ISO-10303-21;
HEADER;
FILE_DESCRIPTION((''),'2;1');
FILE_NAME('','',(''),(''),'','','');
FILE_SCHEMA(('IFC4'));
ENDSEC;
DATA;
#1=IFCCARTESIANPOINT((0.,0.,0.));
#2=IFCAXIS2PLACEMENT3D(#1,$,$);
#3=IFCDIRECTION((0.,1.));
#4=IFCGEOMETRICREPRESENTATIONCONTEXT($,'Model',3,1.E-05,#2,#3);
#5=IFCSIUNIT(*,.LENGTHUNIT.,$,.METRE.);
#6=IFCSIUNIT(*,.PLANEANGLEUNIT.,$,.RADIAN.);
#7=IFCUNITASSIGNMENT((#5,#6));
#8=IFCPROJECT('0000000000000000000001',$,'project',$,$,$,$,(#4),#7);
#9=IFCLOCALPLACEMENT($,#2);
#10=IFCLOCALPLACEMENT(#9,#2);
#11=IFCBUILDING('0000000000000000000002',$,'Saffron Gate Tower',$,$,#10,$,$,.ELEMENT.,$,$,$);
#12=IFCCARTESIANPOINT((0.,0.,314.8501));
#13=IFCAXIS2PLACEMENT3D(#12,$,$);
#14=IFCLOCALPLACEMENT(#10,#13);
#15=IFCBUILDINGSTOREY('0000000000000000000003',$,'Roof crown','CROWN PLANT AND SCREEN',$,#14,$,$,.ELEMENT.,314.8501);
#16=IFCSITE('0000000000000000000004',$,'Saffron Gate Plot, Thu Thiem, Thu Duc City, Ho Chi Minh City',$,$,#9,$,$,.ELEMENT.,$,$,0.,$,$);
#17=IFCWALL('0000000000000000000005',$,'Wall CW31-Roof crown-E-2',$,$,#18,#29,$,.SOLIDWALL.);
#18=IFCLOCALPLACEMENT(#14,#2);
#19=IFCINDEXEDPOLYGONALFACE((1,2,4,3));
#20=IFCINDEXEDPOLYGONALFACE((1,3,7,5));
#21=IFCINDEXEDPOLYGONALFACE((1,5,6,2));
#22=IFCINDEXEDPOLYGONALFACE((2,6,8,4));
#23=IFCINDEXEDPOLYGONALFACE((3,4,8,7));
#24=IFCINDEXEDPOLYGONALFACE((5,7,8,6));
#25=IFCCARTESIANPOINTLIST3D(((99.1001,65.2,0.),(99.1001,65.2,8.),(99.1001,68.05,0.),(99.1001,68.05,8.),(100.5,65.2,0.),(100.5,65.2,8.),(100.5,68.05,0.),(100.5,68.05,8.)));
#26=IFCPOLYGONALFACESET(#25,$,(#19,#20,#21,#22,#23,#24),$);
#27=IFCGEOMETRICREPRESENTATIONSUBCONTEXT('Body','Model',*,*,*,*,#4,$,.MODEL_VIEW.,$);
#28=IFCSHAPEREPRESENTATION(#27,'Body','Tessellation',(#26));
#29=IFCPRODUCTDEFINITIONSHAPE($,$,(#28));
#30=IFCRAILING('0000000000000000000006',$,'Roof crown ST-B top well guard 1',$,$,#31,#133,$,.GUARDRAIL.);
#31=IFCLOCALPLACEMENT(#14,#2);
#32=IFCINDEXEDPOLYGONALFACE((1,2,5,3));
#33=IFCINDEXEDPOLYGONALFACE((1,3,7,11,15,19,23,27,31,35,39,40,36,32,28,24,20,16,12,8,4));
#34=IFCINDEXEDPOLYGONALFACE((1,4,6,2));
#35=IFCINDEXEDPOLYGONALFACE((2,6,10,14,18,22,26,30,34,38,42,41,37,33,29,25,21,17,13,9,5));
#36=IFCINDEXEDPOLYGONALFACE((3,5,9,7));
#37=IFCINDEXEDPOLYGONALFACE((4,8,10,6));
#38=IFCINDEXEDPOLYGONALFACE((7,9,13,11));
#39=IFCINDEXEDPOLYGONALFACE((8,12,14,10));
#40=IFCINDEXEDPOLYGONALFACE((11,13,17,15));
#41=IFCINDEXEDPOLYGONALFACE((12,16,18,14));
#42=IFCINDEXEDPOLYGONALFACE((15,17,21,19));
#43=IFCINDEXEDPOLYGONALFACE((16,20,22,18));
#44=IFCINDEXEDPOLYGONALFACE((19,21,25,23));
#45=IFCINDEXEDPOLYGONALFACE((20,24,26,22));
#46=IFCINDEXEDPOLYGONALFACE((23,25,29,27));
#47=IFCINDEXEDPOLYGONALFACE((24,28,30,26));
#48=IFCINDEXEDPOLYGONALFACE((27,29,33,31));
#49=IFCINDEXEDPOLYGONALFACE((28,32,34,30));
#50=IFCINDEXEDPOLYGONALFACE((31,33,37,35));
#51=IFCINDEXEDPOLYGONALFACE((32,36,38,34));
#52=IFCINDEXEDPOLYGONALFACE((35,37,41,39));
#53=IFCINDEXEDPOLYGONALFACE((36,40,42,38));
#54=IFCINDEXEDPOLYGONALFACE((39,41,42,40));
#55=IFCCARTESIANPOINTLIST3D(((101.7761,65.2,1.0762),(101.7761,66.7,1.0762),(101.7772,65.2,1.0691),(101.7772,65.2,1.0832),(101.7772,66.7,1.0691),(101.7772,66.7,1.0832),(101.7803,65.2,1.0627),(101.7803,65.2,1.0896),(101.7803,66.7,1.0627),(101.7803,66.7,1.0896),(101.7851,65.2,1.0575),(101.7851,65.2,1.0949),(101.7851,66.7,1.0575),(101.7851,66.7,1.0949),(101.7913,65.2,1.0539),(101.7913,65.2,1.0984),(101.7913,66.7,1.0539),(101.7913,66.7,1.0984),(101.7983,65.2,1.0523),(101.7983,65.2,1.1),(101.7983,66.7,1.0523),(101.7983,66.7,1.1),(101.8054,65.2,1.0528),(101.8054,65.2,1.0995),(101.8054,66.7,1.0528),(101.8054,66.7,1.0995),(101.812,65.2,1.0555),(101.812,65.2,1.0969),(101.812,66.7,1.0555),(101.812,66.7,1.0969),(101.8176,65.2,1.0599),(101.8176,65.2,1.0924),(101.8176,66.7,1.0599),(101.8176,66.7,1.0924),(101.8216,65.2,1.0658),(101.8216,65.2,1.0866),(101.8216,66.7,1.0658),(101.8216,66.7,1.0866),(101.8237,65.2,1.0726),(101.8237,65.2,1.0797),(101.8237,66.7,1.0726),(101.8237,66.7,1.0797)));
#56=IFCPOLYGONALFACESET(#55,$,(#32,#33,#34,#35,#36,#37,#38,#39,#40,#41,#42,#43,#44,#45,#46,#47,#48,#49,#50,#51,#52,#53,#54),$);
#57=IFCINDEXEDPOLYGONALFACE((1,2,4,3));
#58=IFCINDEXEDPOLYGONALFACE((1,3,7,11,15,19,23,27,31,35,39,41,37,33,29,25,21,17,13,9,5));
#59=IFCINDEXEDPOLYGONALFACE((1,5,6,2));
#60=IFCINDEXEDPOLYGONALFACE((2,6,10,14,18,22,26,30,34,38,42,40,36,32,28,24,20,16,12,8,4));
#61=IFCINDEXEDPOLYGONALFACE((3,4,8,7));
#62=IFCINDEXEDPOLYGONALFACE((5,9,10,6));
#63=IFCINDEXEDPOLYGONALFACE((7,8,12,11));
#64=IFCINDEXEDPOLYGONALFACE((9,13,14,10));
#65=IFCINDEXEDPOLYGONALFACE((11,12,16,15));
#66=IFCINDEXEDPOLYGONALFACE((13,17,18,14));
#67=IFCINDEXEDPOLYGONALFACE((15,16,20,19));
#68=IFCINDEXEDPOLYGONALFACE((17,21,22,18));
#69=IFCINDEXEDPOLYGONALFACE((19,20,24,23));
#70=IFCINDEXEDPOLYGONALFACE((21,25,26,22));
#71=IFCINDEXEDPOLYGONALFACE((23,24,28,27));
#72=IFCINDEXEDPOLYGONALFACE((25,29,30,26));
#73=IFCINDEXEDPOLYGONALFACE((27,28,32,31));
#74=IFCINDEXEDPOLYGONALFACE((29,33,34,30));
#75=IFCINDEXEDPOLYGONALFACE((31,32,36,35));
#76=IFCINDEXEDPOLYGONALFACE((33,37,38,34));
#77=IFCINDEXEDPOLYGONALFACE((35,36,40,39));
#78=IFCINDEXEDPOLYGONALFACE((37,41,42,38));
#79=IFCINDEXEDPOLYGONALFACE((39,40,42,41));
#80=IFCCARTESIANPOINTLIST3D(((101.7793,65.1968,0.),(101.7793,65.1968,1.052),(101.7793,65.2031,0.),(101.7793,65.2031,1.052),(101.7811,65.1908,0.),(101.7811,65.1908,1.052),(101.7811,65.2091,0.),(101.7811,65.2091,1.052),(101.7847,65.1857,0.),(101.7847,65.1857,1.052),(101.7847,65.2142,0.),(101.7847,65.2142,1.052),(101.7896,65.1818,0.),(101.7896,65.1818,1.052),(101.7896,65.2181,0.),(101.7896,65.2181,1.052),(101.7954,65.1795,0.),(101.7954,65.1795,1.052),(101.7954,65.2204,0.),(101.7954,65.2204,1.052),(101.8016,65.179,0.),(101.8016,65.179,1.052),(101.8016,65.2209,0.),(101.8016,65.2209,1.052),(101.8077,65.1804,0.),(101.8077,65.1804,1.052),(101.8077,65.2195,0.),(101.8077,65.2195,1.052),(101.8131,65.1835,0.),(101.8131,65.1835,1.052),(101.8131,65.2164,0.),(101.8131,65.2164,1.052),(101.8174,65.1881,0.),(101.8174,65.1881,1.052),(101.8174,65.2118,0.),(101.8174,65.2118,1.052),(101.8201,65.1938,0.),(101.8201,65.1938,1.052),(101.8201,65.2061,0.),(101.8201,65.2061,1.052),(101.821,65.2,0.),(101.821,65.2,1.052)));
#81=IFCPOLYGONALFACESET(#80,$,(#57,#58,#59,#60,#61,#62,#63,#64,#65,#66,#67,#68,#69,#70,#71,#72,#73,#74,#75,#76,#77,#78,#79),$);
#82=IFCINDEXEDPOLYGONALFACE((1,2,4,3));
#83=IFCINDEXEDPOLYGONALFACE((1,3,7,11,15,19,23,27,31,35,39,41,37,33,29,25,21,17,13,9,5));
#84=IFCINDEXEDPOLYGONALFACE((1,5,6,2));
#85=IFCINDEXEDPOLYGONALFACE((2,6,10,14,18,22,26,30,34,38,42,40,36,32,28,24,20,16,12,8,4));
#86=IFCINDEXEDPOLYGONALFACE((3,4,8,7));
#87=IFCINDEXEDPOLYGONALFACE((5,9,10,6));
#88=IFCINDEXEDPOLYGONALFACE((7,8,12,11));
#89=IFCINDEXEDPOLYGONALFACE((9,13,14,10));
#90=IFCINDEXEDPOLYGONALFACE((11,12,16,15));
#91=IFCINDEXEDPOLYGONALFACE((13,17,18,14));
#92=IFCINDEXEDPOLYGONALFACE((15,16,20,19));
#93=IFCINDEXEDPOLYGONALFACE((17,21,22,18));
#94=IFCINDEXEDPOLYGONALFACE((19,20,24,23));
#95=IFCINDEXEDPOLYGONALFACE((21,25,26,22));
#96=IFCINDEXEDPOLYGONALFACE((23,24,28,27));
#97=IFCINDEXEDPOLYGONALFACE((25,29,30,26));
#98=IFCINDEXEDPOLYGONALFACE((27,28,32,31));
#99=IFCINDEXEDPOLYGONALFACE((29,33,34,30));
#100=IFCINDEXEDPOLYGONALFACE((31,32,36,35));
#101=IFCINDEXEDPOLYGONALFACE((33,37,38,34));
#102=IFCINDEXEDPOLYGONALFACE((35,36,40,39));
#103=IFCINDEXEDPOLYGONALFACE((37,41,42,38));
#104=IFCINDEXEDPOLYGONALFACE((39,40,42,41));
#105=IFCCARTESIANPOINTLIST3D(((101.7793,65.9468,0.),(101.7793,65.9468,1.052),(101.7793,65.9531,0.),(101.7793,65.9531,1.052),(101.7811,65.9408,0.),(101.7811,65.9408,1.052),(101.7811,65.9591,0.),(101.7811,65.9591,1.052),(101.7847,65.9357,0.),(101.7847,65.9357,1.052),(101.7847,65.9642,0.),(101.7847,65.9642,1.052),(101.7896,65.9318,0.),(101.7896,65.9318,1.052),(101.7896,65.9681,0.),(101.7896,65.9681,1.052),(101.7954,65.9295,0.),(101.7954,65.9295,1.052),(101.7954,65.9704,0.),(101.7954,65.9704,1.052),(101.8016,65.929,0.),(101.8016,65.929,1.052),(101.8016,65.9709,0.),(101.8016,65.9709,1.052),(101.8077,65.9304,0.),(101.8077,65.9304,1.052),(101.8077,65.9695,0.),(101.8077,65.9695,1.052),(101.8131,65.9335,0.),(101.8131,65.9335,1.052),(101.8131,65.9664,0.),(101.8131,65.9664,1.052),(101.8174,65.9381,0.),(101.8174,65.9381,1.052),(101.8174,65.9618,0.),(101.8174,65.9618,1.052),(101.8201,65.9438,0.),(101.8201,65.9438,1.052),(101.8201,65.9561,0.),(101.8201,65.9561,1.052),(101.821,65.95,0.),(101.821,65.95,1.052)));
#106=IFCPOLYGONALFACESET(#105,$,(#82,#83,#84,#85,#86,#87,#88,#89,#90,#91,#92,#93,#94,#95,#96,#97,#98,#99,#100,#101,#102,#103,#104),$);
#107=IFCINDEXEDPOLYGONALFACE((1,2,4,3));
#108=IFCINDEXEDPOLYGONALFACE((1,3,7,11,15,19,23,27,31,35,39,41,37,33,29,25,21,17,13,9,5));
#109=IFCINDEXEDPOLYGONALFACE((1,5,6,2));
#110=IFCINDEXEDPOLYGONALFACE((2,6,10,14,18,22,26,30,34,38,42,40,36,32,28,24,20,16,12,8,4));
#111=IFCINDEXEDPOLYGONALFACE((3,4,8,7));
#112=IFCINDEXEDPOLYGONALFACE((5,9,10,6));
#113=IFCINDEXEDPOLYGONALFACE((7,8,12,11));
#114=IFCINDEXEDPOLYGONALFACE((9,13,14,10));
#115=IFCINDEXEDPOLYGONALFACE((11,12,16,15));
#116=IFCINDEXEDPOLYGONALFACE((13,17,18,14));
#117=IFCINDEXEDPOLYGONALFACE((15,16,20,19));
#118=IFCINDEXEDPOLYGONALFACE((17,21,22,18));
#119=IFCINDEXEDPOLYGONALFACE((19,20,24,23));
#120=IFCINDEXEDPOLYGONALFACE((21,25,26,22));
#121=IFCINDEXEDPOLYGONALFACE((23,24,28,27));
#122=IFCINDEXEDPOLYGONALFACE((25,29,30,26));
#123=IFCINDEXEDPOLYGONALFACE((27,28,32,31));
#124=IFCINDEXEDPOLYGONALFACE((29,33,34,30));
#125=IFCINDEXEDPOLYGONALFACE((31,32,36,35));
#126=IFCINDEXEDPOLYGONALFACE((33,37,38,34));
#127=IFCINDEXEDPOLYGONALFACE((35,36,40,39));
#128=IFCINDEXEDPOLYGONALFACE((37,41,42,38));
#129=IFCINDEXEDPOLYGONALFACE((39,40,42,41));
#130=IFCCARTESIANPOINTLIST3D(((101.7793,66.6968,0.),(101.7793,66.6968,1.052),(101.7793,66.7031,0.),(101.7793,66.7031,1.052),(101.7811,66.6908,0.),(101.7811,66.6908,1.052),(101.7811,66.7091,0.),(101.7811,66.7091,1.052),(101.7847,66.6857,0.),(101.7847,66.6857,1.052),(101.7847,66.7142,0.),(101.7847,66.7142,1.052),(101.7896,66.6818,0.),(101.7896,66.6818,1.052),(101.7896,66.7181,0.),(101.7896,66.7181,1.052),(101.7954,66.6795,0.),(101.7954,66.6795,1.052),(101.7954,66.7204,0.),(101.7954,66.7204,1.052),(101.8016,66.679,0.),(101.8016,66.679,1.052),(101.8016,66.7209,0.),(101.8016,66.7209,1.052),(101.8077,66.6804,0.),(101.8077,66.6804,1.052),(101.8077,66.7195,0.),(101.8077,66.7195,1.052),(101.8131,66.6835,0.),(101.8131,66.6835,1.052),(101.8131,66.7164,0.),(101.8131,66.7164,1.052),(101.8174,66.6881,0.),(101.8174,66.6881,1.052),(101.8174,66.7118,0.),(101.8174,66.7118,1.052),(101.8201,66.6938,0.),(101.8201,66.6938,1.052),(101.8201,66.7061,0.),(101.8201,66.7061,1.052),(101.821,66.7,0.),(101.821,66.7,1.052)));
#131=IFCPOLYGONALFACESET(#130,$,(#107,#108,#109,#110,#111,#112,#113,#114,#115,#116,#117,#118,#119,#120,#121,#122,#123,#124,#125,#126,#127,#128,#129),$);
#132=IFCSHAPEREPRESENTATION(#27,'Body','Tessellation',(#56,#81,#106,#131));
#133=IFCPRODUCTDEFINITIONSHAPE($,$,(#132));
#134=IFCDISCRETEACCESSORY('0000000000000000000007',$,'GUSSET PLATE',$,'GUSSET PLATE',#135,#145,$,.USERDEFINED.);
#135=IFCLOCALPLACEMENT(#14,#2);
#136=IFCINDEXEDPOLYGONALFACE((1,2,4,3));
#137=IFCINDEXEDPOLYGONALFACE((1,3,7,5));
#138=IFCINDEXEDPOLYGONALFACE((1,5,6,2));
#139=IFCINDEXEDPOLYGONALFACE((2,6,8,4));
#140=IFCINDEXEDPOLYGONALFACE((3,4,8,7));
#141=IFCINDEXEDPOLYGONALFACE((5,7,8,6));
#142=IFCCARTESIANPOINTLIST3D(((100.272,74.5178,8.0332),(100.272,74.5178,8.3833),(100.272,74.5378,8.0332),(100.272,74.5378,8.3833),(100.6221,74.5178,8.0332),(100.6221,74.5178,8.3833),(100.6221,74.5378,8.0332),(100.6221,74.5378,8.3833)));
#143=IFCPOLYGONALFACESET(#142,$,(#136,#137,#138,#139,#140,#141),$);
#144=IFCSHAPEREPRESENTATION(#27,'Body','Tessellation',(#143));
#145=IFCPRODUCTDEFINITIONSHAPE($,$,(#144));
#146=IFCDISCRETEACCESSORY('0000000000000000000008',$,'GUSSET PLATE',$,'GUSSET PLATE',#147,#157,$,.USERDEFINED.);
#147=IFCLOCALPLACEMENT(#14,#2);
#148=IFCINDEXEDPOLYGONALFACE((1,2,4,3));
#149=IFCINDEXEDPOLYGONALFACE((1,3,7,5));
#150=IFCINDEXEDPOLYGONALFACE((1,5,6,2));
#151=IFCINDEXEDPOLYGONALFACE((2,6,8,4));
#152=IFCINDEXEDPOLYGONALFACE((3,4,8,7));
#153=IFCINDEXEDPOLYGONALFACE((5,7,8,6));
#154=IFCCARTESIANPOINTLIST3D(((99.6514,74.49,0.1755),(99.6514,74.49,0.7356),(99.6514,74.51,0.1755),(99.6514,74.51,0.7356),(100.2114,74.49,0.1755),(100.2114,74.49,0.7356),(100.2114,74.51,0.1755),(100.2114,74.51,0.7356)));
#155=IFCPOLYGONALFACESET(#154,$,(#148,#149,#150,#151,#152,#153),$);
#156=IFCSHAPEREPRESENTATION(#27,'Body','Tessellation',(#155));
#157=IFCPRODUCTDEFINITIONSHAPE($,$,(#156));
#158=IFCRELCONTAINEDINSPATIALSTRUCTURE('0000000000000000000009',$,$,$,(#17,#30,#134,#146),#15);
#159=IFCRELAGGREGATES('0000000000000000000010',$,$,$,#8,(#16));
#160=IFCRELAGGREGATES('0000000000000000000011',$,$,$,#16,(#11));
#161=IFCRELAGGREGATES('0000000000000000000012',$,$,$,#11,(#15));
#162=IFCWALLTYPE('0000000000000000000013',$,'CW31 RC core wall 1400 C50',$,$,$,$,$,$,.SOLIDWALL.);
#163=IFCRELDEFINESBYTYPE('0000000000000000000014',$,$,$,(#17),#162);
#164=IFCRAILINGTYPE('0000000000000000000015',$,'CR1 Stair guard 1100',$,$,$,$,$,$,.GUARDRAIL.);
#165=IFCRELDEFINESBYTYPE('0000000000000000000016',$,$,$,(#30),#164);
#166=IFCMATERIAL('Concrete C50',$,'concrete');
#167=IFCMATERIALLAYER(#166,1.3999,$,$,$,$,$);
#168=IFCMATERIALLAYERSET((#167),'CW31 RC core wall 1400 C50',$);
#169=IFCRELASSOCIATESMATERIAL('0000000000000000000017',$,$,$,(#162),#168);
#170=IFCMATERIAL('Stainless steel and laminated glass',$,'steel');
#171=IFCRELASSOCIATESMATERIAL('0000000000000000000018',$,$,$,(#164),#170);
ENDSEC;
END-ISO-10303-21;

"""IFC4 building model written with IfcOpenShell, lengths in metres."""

from ifc_helpers import new_model, si_unit, direction, frame, frame_2d, origin, origin_2d, place, context, subcontext, project, spatial, rectangle, circle, extrude, material, layer, layer_set, type_object, element, save


model = new_model("IFC4")

# Units and contexts
model_context = context("Model", 3, precision=1e-05, world=origin(), true_north=direction((0.0, 1.0)))
body_context = subcontext(model_context, "Body", "Model", "MODEL_VIEW")
ifc_project = project(units=[si_unit("LENGTHUNIT", "METRE"), si_unit("PLANEANGLEUNIT", "RADIAN")], contexts=[model_context])

# Site, building, storey
site_placement = place(None, origin())
site = spatial("IfcSite", under=ifc_project, at=site_placement, Name="Saffron Gate Plot, Thu Thiem, Thu Duc City, Ho Chi Minh City", CompositionType="ELEMENT", RefElevation=0.0)
building_placement = place(site_placement, origin())
building = spatial("IfcBuilding", under=site, at=building_placement, Name="Saffron Gate Tower", CompositionType="ELEMENT")
storey_placement = place(building_placement, frame((0.0, 0.0, 314.8501)))
storey = spatial("IfcBuildingStorey", under=building, at=storey_placement, Name="Roof crown", Description="CROWN PLANT AND SCREEN", CompositionType="ELEMENT", Elevation=314.8501)

# Shared definitions
ifc_material_1 = material(Name="Concrete C50", Category="concrete")

# Wall
ifc_layer_1 = layer(ifc_material_1, 1.3999)
ifc_layer_set_1 = layer_set([ifc_layer_1], Name="CW31 RC core wall 1400 C50")
wall_type_1 = type_object("IfcWallType", Name="CW31 RC core wall 1400 C50", PredefinedType="SOLIDWALL", material=ifc_layer_set_1)
wall_1_placement = place(storey_placement, frame((99.8, 65.2, 0.0), z_axis=(0.0, 0.0, 1.0), x_axis=(0.0, 1.0, 0.0)))
element("IfcWall", 1, at=wall_1_placement, inside=storey, type_object=wall_type_1, Name="Wall CW31-Roof crown-E-2", PredefinedType="SOLIDWALL", context=body_context, shape_type="SweptSolid", body=[
    extrude(rectangle(XDim=2.8501, YDim=1.3999, at=frame_2d((1.425, 0.0))), origin(), (0.0, 0.0, 1.0), 8.0),
])

# Railing
ifc_material_2 = material(Name="Stainless steel and laminated glass", Category="steel")
railing_type = type_object("IfcRailingType", Name="CR1 Stair guard 1100", PredefinedType="GUARDRAIL", material=ifc_material_2)
railing_placement = place(storey_placement, frame((101.8, 65.2, 0.0)))
element("IfcRailing", 2, at=railing_placement, inside=storey, type_object=railing_type, Name="Roof crown ST-B top well guard 1", PredefinedType="GUARDRAIL", context=body_context, shape_type="SweptSolid", body=[
    extrude(circle(Radius=0.0239, at=origin_2d()), frame((0.0, 0.0, 1.0762), z_axis=(0.0, 1.0, 0.0), x_axis=(-1.0, 0.0, 0.0)), (0.0, 0.0, 1.0), 1.5),
    extrude(circle(Radius=0.021, at=origin_2d()), origin(), (0.0, 0.0, 1.0), 1.052),
    extrude(circle(Radius=0.021, at=origin_2d()), frame((0.0, 0.75, 0.0)), (0.0, 0.0, 1.0), 1.052),
    extrude(circle(Radius=0.021, at=origin_2d()), frame((0.0, 1.5, 0.0)), (0.0, 0.0, 1.0), 1.052),
])

# Discrete accessories
discrete_accessory_1_placement = place(storey_placement, frame((100.447, 74.5278, 8.0332), z_axis=(0.0, 0.0, 1.0), x_axis=(-1.0, 0.0, 0.0)))
element("IfcDiscreteAccessory", 3, at=discrete_accessory_1_placement, inside=storey, Name="GUSSET PLATE", ObjectType="GUSSET PLATE", PredefinedType="USERDEFINED", context=body_context, shape_type="SweptSolid", body=[
    extrude(rectangle(XDim=0.3501, YDim=0.02, at=origin_2d()), origin(), (0.0, 0.0, 1.0), 0.3501),
])
discrete_accessory_2_placement = place(storey_placement, frame((99.9314, 74.5, 0.1755), z_axis=(0.0, 0.0, 1.0), x_axis=(-1.0, 0.0, 0.0)))
element("IfcDiscreteAccessory", 4, at=discrete_accessory_2_placement, inside=storey, Name="GUSSET PLATE", ObjectType="GUSSET PLATE", PredefinedType="USERDEFINED", context=body_context, shape_type="SweptSolid", body=[
    extrude(rectangle(XDim=0.5601, YDim=0.02, at=origin_2d()), origin(), (0.0, 0.0, 1.0), 0.5601),
])

save(model, "model.ifc")
